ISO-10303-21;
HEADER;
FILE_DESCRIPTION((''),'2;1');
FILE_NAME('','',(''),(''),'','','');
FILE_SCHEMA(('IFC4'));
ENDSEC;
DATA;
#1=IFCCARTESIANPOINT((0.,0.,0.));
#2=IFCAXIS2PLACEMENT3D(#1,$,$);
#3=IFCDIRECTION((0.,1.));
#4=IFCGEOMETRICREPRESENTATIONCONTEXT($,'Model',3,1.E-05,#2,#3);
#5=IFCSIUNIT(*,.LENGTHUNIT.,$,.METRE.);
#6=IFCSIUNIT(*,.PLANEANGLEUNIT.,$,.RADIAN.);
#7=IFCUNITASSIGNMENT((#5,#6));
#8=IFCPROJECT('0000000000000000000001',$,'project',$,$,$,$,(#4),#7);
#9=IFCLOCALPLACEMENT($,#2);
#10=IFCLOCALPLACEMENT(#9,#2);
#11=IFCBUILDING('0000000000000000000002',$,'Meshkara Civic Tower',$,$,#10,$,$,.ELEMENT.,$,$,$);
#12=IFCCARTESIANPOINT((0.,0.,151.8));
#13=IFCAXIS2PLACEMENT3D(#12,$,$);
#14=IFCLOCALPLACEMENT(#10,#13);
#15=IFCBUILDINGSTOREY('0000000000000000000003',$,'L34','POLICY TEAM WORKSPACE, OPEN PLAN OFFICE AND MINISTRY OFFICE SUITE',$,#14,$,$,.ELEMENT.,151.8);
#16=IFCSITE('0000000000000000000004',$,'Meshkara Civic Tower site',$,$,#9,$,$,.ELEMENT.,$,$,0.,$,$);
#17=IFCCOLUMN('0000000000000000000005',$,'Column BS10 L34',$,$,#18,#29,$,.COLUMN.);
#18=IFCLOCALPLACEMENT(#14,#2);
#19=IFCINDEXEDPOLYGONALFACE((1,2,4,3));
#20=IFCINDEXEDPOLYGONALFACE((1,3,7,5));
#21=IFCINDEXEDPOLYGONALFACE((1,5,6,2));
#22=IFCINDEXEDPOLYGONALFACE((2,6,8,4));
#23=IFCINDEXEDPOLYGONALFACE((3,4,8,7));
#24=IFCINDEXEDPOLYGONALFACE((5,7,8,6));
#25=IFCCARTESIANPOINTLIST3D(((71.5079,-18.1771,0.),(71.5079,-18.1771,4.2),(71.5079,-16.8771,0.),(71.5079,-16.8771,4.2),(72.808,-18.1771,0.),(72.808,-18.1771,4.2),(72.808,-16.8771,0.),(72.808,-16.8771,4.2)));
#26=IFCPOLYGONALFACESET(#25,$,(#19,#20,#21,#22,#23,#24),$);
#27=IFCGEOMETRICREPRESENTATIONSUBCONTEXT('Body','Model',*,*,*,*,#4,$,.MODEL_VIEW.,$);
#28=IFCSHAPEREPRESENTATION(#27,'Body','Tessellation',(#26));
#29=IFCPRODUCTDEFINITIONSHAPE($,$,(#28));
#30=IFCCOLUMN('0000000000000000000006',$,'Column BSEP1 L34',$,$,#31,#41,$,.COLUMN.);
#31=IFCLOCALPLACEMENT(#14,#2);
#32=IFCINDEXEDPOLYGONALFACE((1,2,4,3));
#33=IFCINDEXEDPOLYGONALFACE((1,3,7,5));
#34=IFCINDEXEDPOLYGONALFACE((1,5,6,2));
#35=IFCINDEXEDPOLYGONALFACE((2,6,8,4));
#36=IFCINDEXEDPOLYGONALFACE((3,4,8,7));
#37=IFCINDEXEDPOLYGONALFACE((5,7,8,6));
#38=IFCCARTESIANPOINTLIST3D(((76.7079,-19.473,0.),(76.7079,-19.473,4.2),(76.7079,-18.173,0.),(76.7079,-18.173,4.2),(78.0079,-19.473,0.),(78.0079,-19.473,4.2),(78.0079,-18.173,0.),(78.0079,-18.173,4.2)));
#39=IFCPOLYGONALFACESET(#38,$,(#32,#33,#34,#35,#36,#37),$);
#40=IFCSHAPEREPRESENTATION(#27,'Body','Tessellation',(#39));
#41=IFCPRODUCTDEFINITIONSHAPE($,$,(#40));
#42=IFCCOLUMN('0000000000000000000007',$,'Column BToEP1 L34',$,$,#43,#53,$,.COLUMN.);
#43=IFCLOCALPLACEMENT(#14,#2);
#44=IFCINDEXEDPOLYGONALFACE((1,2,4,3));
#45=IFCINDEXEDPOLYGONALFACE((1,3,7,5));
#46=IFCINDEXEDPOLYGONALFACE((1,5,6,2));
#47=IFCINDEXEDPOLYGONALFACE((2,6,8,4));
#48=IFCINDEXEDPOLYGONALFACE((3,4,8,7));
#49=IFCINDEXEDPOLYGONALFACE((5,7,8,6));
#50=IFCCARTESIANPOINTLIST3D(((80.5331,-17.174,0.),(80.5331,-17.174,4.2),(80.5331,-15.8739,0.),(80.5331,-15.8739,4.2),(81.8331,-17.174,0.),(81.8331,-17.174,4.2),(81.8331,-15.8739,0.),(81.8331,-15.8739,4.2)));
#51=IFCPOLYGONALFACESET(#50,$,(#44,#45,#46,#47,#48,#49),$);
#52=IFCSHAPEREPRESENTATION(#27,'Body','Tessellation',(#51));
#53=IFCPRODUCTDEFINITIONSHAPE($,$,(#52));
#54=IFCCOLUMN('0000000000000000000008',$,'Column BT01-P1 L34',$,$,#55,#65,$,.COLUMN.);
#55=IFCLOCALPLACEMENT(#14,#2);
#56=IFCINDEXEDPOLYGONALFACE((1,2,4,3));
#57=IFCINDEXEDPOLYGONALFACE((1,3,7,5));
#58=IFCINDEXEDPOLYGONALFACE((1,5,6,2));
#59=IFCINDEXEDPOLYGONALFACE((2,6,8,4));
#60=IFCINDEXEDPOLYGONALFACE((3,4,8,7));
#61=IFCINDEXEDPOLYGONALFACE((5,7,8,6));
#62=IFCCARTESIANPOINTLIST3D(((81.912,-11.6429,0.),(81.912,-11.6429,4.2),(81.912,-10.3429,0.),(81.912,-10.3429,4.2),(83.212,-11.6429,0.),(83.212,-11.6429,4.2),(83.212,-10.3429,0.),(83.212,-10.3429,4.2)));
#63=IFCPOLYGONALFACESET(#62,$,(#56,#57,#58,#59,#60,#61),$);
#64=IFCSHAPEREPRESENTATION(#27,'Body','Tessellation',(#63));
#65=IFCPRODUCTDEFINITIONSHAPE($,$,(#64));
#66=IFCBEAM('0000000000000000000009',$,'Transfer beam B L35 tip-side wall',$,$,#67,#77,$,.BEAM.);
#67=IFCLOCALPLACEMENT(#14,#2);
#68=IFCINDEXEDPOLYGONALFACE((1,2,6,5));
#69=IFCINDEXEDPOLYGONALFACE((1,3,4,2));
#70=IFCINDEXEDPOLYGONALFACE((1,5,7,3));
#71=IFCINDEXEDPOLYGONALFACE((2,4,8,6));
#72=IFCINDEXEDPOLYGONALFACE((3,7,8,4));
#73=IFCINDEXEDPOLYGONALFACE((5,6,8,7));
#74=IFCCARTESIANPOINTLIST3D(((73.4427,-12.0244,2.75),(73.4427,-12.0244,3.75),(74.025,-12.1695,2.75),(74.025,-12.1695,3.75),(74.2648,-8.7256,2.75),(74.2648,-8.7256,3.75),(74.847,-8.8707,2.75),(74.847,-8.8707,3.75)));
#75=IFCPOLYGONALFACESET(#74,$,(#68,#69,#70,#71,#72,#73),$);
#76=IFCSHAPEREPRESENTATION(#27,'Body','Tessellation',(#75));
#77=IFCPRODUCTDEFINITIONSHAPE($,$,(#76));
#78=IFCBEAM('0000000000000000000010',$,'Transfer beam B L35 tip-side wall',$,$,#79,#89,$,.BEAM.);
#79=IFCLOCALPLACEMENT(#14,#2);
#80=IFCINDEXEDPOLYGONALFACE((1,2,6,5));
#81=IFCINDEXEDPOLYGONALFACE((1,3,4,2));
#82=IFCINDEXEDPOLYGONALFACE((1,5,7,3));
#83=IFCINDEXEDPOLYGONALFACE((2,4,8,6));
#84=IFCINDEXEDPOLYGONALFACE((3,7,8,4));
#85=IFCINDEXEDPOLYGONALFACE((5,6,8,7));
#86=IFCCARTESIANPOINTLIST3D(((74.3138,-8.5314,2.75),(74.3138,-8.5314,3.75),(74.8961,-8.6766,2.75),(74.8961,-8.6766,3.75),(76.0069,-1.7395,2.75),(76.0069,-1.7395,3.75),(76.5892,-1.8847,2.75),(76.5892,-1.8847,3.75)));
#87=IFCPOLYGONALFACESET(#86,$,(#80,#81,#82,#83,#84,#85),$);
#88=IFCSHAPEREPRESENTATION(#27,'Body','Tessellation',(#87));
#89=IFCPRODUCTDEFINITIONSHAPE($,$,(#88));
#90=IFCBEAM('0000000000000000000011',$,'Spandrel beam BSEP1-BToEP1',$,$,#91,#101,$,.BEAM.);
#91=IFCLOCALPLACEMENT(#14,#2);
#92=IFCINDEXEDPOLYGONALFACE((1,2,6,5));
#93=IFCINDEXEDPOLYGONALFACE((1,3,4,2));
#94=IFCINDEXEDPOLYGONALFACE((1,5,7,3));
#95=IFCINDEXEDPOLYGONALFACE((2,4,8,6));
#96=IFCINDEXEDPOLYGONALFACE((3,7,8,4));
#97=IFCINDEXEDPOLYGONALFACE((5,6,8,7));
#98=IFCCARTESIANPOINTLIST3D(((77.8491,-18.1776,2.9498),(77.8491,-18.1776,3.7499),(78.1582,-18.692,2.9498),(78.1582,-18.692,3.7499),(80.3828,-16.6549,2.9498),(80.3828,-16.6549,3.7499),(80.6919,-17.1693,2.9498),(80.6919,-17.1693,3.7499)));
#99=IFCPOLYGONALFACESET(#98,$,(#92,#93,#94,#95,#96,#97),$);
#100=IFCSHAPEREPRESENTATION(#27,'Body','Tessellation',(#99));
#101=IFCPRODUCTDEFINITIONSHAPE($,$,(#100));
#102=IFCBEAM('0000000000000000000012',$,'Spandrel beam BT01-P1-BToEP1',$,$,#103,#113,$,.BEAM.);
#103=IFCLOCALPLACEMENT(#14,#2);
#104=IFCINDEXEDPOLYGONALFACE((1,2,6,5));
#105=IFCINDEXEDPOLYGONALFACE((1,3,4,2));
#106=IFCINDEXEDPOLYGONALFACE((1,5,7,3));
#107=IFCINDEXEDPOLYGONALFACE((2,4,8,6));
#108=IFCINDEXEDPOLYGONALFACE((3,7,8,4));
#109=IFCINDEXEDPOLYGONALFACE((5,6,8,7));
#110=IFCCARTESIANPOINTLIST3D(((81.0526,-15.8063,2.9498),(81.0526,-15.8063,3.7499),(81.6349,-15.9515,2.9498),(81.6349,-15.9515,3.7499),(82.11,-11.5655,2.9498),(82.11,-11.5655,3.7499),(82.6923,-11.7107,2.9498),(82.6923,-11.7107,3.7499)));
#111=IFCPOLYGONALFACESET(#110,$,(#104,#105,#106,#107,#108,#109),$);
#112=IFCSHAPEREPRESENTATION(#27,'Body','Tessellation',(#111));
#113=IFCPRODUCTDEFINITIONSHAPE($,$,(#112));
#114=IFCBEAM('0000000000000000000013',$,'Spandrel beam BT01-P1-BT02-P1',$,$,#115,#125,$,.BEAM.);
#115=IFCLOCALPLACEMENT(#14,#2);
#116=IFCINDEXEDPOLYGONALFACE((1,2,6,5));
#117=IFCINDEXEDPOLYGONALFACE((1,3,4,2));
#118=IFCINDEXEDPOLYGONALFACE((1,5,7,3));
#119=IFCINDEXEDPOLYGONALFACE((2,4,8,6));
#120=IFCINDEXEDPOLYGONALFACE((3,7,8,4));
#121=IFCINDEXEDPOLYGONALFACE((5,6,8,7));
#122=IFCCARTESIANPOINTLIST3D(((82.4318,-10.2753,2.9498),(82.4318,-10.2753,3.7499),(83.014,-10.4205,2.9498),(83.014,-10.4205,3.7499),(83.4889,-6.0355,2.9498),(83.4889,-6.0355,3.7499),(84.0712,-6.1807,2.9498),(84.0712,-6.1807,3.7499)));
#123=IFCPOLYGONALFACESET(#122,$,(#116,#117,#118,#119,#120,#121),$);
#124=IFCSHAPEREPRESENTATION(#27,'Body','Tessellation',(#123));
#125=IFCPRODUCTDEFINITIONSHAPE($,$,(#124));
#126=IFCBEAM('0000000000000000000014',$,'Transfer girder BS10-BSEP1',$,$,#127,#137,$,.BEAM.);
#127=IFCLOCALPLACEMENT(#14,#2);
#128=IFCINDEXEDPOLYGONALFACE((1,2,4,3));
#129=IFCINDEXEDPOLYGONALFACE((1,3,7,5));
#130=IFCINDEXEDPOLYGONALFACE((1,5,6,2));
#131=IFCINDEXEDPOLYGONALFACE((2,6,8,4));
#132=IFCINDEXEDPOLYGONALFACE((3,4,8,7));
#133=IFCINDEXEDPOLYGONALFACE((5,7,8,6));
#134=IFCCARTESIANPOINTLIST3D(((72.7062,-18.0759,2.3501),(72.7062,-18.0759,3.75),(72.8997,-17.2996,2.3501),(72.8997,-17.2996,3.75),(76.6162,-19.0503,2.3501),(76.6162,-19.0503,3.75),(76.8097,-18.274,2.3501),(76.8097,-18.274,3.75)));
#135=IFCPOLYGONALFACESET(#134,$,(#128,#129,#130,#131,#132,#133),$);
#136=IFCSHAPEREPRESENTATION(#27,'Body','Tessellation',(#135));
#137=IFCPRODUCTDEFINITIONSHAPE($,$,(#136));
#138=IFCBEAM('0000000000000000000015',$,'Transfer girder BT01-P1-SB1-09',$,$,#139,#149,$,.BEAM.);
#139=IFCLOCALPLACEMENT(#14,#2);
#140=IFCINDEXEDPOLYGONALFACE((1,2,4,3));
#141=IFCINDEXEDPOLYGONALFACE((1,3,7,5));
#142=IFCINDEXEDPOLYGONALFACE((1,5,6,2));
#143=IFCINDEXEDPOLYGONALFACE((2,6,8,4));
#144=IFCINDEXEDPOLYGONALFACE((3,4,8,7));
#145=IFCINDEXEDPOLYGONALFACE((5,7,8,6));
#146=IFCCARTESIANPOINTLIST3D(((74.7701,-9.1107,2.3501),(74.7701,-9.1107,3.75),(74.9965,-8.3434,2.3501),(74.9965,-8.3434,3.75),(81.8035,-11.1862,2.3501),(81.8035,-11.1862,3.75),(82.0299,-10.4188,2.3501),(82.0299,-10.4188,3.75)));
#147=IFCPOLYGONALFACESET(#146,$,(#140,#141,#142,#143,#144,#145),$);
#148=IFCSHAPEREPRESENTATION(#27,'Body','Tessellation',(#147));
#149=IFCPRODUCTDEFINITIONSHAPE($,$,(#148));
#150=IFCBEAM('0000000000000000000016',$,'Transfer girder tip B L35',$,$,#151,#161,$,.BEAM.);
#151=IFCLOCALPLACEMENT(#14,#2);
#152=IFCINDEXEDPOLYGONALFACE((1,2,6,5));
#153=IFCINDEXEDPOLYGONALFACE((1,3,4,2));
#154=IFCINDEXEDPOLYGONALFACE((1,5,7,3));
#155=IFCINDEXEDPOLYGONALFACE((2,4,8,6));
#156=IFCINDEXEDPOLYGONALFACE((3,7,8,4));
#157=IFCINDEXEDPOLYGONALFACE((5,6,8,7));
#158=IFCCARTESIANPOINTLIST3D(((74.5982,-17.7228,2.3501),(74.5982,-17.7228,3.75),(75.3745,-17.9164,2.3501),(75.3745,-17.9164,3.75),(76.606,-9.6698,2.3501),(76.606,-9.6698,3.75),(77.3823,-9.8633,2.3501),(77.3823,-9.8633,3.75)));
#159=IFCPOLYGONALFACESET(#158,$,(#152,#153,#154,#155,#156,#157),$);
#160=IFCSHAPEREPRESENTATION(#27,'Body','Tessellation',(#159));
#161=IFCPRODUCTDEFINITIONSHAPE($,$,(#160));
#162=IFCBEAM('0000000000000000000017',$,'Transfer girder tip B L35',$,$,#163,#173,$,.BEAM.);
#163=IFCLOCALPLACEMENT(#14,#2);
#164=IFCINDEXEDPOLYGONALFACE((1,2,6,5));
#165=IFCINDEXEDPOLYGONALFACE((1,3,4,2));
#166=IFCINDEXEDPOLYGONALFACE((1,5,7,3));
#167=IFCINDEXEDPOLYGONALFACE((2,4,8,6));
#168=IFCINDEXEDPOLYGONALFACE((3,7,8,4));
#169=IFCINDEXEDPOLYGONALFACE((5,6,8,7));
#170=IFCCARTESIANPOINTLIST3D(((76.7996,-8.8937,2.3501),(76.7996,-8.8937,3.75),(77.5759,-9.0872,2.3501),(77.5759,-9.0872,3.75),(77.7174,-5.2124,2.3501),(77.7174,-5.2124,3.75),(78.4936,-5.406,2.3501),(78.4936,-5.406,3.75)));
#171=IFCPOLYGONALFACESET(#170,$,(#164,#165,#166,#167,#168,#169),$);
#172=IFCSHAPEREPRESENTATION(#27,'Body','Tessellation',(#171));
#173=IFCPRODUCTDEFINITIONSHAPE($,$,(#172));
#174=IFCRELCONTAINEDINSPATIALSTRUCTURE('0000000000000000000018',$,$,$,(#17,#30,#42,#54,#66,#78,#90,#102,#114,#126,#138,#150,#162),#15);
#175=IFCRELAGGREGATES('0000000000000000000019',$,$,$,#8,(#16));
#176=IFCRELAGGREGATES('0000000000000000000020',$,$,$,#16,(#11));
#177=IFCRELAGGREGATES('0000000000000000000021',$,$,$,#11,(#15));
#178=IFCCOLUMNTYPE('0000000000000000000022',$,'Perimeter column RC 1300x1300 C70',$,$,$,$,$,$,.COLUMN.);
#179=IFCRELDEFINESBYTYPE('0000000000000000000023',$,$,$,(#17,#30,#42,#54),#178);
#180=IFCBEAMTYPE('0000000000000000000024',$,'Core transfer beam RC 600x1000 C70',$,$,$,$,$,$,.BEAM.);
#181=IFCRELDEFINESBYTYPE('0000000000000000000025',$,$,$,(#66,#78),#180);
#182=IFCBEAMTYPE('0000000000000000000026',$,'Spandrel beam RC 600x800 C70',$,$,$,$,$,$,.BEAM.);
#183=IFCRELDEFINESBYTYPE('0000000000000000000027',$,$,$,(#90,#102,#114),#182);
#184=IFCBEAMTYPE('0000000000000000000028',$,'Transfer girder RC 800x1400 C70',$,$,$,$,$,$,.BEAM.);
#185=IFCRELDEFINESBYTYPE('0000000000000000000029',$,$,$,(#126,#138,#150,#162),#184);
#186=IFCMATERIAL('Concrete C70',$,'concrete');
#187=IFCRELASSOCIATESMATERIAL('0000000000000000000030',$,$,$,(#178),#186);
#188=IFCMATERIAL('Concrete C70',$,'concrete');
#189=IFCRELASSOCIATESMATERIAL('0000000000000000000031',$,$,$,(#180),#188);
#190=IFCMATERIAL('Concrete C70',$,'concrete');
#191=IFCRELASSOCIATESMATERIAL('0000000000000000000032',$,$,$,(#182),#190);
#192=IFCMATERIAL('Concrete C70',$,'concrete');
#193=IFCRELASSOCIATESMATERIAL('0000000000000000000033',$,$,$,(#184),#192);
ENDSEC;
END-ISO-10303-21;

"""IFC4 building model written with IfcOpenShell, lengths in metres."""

from ifc_helpers import new_model, si_unit, direction, frame, origin, origin_2d, place, context, subcontext, project, spatial, rectangle, extrude, material, material_profile, profile_set, type_object, element, save


model = new_model("IFC4")

# Units and contexts
model_context = context("Model", 3, precision=1e-05, world=origin(), true_north=direction((0.0, 1.0)))
body_context = subcontext(model_context, "Body", "Model", "MODEL_VIEW")
ifc_project = project(units=[si_unit("LENGTHUNIT", "METRE"), si_unit("PLANEANGLEUNIT", "RADIAN")], contexts=[model_context])

# Site, building, storey
site_placement = place(None, origin())
site = spatial("IfcSite", under=ifc_project, at=site_placement, Name="Meshkara Civic Tower site", CompositionType="ELEMENT", RefElevation=0.0)
building_placement = place(site_placement, origin())
building = spatial("IfcBuilding", under=site, at=building_placement, Name="Meshkara Civic Tower", CompositionType="ELEMENT")
storey_placement = place(building_placement, frame((0.0, 0.0, 151.8)))
storey = spatial("IfcBuildingStorey", under=building, at=storey_placement, Name="L34", Description="POLICY TEAM WORKSPACE, OPEN PLAN OFFICE AND MINISTRY OFFICE SUITE", CompositionType="ELEMENT", Elevation=151.8)

# Columns
ifc_material_1 = material(Name="Concrete C70", Category="concrete")
ifc_material_profile_1 = material_profile(ifc_material_1, rectangle(XDim=1.3, YDim=1.3, at=origin_2d()))
ifc_profile_set_1 = profile_set([ifc_material_profile_1], Name="Concrete C70")
column_type = type_object("IfcColumnType", Name="Perimeter column RC 1300x1300 C70", PredefinedType="COLUMN", material=ifc_profile_set_1)
for number, where, z_axis, x_axis, name in (
    (1, (72.158, -17.5271, 0.0), (0.0, 0.0, 1.0), (1.0, 0.0, 0.0), "Column BS10 L34"),
    (2, (77.3579, -18.823, 0.0), (0.0, 0.0, 1.0), (1.0, 0.0, 0.0), "Column BSEP1 L34"),
    (3, (81.1831, -16.5239, 0.0), (0.0, 0.0, 1.0), (1.0, 0.0, 0.0), "Column BToEP1 L34"),
    (4, (82.562, -10.9929, 0.0), (0.0, 0.0, 1.0), (1.0, 0.0, 0.0), "Column BT01-P1 L34"),
):
    element("IfcColumn", number, at=place(storey_placement, frame(where, z_axis=z_axis, x_axis=x_axis)), inside=storey, type_object=column_type, Name=name, PredefinedType="COLUMN", context=body_context, shape_type="SweptSolid", body=[
        extrude(rectangle(XDim=1.3, YDim=1.3, at=origin_2d()), origin(), (0.0, 0.0, 1.0), 4.2),
    ])

# Beams
ifc_material_2 = material(Name="Concrete C70", Category="concrete")
ifc_material_profile_2 = material_profile(ifc_material_2, rectangle(XDim=0.6001, YDim=1.0, at=origin_2d()))
ifc_profile_set_2 = profile_set([ifc_material_profile_2], Name="Concrete C70")
beam_type_1 = type_object("IfcBeamType", Name="Core transfer beam RC 600x1000 C70", PredefinedType="BEAM", material=ifc_profile_set_2)
beam_1_placement = place(storey_placement, frame((73.7339, -12.0969, 3.25), z_axis=(0.241792, 0.970328, 0.0), x_axis=(-0.970328, 0.241792, 0.0)))
element("IfcBeam", 5, at=beam_1_placement, inside=storey, type_object=beam_type_1, Name="Transfer beam B L35 tip-side wall", PredefinedType="BEAM", context=body_context, shape_type="SweptSolid", body=[
    extrude(rectangle(XDim=0.6001, YDim=1.0, at=origin_2d()), origin(), (0.0, 0.0, 1.0), 3.3997),
])
beam_2_placement = place(storey_placement, frame((74.605, -8.604, 3.25), z_axis=(0.241879, 0.970306, 0.0), x_axis=(-0.970306, 0.241879, 0.0)))
element("IfcBeam", 6, at=beam_2_placement, inside=storey, type_object=beam_type_1, Name="Transfer beam B L35 tip-side wall", PredefinedType="BEAM", context=body_context, shape_type="SweptSolid", body=[
    extrude(rectangle(XDim=0.6001, YDim=1.0, at=origin_2d()), origin(), (0.0, 0.0, 1.0), 6.9998),
])
ifc_material_3 = material(Name="Concrete C70", Category="concrete")
ifc_material_profile_3 = material_profile(ifc_material_3, rectangle(XDim=0.6001, YDim=0.8, at=origin_2d()))
ifc_profile_set_3 = profile_set([ifc_material_profile_3], Name="Concrete C70")
beam_type_2 = type_object("IfcBeamType", Name="Spandrel beam RC 600x800 C70", PredefinedType="BEAM", material=ifc_profile_set_3)
beam_3_placement = place(storey_placement, frame((78.0037, -18.4348, 3.3499), z_axis=(0.857121, 0.515115, 0.0), x_axis=(-0.515115, 0.857121, 0.0)))
element("IfcBeam", 7, at=beam_3_placement, inside=storey, type_object=beam_type_2, Name="Spandrel beam BSEP1-BToEP1", PredefinedType="BEAM", context=body_context, shape_type="SweptSolid", body=[
    extrude(rectangle(XDim=0.6001, YDim=0.8, at=origin_2d()), origin(), (0.0, 0.0, 1.0), 2.9561),
])
beam_4_placement = place(storey_placement, frame((81.3438, -15.8789, 3.3499), z_axis=(0.241931, 0.970293, 0.0), x_axis=(-0.970293, 0.241931, 0.0)))
element("IfcBeam", 8, at=beam_4_placement, inside=storey, type_object=beam_type_2, Name="Spandrel beam BT01-P1-BToEP1", PredefinedType="BEAM", context=body_context, shape_type="SweptSolid", body=[
    extrude(rectangle(XDim=0.6001, YDim=0.8, at=origin_2d()), origin(), (0.0, 0.0, 1.0), 4.3706),
])
beam_5_placement = place(storey_placement, frame((82.7229, -10.3479, 3.3499), z_axis=(0.241931, 0.970293, 0.0), x_axis=(-0.970293, 0.241931, 0.0)))
element("IfcBeam", 9, at=beam_5_placement, inside=storey, type_object=beam_type_2, Name="Spandrel beam BT01-P1-BT02-P1", PredefinedType="BEAM", context=body_context, shape_type="SweptSolid", body=[
    extrude(rectangle(XDim=0.6001, YDim=0.8, at=origin_2d()), origin(), (0.0, 0.0, 1.0), 4.3696),
])
ifc_material_4 = material(Name="Concrete C70", Category="concrete")
ifc_material_profile_4 = material_profile(ifc_material_4, rectangle(XDim=0.8, YDim=1.3999, at=origin_2d()))
ifc_profile_set_4 = profile_set([ifc_material_profile_4], Name="Concrete C70")
beam_type_3 = type_object("IfcBeamType", Name="Transfer girder RC 800x1400 C70", PredefinedType="BEAM", material=ifc_profile_set_4)
beam_6_placement = place(storey_placement, frame((72.803, -17.6877, 3.05), z_axis=(0.970324, -0.241808, 0.0), x_axis=(0.241808, 0.970324, 0.0)))
element("IfcBeam", 10, at=beam_6_placement, inside=storey, type_object=beam_type_3, Name="Transfer girder BS10-BSEP1", PredefinedType="BEAM", context=body_context, shape_type="SweptSolid", body=[
    extrude(rectangle(XDim=0.8, YDim=1.3999, at=origin_2d()), origin(), (0.0, 0.0, 1.0), 4.0295),
])
beam_7_placement = place(storey_placement, frame((74.8833, -8.7271, 3.05), z_axis=(0.959115, -0.283017, 0.0), x_axis=(0.283017, 0.959115, 0.0)))
element("IfcBeam", 11, at=beam_7_placement, inside=storey, type_object=beam_type_3, Name="Transfer girder BT01-P1-SB1-09", PredefinedType="BEAM", context=body_context, shape_type="SweptSolid", body=[
    extrude(rectangle(XDim=0.8, YDim=1.3999, at=origin_2d()), origin(), (0.0, 0.0, 1.0), 7.3333),
])
beam_8_placement = place(storey_placement, frame((74.9863, -17.8196, 3.05), z_axis=(0.24192, 0.970296, 0.0), x_axis=(-0.970296, 0.24192, 0.0)))
element("IfcBeam", 12, at=beam_8_placement, inside=storey, type_object=beam_type_3, Name="Transfer girder tip B L35", PredefinedType="BEAM", context=body_context, shape_type="SweptSolid", body=[
    extrude(rectangle(XDim=0.8, YDim=1.3999, at=origin_2d()), origin(), (0.0, 0.0, 1.0), 8.2996),
])
beam_9_placement = place(storey_placement, frame((77.1877, -8.9905, 3.05), z_axis=(0.2419, 0.970301, 0.0), x_axis=(-0.970301, 0.2419, 0.0)))
element("IfcBeam", 13, at=beam_9_placement, inside=storey, type_object=beam_type_3, Name="Transfer girder tip B L35", PredefinedType="BEAM", context=body_context, shape_type="SweptSolid", body=[
    extrude(rectangle(XDim=0.8, YDim=1.3999, at=origin_2d()), origin(), (0.0, 0.0, 1.0), 3.7939),
])

save(model, "model.ifc")
